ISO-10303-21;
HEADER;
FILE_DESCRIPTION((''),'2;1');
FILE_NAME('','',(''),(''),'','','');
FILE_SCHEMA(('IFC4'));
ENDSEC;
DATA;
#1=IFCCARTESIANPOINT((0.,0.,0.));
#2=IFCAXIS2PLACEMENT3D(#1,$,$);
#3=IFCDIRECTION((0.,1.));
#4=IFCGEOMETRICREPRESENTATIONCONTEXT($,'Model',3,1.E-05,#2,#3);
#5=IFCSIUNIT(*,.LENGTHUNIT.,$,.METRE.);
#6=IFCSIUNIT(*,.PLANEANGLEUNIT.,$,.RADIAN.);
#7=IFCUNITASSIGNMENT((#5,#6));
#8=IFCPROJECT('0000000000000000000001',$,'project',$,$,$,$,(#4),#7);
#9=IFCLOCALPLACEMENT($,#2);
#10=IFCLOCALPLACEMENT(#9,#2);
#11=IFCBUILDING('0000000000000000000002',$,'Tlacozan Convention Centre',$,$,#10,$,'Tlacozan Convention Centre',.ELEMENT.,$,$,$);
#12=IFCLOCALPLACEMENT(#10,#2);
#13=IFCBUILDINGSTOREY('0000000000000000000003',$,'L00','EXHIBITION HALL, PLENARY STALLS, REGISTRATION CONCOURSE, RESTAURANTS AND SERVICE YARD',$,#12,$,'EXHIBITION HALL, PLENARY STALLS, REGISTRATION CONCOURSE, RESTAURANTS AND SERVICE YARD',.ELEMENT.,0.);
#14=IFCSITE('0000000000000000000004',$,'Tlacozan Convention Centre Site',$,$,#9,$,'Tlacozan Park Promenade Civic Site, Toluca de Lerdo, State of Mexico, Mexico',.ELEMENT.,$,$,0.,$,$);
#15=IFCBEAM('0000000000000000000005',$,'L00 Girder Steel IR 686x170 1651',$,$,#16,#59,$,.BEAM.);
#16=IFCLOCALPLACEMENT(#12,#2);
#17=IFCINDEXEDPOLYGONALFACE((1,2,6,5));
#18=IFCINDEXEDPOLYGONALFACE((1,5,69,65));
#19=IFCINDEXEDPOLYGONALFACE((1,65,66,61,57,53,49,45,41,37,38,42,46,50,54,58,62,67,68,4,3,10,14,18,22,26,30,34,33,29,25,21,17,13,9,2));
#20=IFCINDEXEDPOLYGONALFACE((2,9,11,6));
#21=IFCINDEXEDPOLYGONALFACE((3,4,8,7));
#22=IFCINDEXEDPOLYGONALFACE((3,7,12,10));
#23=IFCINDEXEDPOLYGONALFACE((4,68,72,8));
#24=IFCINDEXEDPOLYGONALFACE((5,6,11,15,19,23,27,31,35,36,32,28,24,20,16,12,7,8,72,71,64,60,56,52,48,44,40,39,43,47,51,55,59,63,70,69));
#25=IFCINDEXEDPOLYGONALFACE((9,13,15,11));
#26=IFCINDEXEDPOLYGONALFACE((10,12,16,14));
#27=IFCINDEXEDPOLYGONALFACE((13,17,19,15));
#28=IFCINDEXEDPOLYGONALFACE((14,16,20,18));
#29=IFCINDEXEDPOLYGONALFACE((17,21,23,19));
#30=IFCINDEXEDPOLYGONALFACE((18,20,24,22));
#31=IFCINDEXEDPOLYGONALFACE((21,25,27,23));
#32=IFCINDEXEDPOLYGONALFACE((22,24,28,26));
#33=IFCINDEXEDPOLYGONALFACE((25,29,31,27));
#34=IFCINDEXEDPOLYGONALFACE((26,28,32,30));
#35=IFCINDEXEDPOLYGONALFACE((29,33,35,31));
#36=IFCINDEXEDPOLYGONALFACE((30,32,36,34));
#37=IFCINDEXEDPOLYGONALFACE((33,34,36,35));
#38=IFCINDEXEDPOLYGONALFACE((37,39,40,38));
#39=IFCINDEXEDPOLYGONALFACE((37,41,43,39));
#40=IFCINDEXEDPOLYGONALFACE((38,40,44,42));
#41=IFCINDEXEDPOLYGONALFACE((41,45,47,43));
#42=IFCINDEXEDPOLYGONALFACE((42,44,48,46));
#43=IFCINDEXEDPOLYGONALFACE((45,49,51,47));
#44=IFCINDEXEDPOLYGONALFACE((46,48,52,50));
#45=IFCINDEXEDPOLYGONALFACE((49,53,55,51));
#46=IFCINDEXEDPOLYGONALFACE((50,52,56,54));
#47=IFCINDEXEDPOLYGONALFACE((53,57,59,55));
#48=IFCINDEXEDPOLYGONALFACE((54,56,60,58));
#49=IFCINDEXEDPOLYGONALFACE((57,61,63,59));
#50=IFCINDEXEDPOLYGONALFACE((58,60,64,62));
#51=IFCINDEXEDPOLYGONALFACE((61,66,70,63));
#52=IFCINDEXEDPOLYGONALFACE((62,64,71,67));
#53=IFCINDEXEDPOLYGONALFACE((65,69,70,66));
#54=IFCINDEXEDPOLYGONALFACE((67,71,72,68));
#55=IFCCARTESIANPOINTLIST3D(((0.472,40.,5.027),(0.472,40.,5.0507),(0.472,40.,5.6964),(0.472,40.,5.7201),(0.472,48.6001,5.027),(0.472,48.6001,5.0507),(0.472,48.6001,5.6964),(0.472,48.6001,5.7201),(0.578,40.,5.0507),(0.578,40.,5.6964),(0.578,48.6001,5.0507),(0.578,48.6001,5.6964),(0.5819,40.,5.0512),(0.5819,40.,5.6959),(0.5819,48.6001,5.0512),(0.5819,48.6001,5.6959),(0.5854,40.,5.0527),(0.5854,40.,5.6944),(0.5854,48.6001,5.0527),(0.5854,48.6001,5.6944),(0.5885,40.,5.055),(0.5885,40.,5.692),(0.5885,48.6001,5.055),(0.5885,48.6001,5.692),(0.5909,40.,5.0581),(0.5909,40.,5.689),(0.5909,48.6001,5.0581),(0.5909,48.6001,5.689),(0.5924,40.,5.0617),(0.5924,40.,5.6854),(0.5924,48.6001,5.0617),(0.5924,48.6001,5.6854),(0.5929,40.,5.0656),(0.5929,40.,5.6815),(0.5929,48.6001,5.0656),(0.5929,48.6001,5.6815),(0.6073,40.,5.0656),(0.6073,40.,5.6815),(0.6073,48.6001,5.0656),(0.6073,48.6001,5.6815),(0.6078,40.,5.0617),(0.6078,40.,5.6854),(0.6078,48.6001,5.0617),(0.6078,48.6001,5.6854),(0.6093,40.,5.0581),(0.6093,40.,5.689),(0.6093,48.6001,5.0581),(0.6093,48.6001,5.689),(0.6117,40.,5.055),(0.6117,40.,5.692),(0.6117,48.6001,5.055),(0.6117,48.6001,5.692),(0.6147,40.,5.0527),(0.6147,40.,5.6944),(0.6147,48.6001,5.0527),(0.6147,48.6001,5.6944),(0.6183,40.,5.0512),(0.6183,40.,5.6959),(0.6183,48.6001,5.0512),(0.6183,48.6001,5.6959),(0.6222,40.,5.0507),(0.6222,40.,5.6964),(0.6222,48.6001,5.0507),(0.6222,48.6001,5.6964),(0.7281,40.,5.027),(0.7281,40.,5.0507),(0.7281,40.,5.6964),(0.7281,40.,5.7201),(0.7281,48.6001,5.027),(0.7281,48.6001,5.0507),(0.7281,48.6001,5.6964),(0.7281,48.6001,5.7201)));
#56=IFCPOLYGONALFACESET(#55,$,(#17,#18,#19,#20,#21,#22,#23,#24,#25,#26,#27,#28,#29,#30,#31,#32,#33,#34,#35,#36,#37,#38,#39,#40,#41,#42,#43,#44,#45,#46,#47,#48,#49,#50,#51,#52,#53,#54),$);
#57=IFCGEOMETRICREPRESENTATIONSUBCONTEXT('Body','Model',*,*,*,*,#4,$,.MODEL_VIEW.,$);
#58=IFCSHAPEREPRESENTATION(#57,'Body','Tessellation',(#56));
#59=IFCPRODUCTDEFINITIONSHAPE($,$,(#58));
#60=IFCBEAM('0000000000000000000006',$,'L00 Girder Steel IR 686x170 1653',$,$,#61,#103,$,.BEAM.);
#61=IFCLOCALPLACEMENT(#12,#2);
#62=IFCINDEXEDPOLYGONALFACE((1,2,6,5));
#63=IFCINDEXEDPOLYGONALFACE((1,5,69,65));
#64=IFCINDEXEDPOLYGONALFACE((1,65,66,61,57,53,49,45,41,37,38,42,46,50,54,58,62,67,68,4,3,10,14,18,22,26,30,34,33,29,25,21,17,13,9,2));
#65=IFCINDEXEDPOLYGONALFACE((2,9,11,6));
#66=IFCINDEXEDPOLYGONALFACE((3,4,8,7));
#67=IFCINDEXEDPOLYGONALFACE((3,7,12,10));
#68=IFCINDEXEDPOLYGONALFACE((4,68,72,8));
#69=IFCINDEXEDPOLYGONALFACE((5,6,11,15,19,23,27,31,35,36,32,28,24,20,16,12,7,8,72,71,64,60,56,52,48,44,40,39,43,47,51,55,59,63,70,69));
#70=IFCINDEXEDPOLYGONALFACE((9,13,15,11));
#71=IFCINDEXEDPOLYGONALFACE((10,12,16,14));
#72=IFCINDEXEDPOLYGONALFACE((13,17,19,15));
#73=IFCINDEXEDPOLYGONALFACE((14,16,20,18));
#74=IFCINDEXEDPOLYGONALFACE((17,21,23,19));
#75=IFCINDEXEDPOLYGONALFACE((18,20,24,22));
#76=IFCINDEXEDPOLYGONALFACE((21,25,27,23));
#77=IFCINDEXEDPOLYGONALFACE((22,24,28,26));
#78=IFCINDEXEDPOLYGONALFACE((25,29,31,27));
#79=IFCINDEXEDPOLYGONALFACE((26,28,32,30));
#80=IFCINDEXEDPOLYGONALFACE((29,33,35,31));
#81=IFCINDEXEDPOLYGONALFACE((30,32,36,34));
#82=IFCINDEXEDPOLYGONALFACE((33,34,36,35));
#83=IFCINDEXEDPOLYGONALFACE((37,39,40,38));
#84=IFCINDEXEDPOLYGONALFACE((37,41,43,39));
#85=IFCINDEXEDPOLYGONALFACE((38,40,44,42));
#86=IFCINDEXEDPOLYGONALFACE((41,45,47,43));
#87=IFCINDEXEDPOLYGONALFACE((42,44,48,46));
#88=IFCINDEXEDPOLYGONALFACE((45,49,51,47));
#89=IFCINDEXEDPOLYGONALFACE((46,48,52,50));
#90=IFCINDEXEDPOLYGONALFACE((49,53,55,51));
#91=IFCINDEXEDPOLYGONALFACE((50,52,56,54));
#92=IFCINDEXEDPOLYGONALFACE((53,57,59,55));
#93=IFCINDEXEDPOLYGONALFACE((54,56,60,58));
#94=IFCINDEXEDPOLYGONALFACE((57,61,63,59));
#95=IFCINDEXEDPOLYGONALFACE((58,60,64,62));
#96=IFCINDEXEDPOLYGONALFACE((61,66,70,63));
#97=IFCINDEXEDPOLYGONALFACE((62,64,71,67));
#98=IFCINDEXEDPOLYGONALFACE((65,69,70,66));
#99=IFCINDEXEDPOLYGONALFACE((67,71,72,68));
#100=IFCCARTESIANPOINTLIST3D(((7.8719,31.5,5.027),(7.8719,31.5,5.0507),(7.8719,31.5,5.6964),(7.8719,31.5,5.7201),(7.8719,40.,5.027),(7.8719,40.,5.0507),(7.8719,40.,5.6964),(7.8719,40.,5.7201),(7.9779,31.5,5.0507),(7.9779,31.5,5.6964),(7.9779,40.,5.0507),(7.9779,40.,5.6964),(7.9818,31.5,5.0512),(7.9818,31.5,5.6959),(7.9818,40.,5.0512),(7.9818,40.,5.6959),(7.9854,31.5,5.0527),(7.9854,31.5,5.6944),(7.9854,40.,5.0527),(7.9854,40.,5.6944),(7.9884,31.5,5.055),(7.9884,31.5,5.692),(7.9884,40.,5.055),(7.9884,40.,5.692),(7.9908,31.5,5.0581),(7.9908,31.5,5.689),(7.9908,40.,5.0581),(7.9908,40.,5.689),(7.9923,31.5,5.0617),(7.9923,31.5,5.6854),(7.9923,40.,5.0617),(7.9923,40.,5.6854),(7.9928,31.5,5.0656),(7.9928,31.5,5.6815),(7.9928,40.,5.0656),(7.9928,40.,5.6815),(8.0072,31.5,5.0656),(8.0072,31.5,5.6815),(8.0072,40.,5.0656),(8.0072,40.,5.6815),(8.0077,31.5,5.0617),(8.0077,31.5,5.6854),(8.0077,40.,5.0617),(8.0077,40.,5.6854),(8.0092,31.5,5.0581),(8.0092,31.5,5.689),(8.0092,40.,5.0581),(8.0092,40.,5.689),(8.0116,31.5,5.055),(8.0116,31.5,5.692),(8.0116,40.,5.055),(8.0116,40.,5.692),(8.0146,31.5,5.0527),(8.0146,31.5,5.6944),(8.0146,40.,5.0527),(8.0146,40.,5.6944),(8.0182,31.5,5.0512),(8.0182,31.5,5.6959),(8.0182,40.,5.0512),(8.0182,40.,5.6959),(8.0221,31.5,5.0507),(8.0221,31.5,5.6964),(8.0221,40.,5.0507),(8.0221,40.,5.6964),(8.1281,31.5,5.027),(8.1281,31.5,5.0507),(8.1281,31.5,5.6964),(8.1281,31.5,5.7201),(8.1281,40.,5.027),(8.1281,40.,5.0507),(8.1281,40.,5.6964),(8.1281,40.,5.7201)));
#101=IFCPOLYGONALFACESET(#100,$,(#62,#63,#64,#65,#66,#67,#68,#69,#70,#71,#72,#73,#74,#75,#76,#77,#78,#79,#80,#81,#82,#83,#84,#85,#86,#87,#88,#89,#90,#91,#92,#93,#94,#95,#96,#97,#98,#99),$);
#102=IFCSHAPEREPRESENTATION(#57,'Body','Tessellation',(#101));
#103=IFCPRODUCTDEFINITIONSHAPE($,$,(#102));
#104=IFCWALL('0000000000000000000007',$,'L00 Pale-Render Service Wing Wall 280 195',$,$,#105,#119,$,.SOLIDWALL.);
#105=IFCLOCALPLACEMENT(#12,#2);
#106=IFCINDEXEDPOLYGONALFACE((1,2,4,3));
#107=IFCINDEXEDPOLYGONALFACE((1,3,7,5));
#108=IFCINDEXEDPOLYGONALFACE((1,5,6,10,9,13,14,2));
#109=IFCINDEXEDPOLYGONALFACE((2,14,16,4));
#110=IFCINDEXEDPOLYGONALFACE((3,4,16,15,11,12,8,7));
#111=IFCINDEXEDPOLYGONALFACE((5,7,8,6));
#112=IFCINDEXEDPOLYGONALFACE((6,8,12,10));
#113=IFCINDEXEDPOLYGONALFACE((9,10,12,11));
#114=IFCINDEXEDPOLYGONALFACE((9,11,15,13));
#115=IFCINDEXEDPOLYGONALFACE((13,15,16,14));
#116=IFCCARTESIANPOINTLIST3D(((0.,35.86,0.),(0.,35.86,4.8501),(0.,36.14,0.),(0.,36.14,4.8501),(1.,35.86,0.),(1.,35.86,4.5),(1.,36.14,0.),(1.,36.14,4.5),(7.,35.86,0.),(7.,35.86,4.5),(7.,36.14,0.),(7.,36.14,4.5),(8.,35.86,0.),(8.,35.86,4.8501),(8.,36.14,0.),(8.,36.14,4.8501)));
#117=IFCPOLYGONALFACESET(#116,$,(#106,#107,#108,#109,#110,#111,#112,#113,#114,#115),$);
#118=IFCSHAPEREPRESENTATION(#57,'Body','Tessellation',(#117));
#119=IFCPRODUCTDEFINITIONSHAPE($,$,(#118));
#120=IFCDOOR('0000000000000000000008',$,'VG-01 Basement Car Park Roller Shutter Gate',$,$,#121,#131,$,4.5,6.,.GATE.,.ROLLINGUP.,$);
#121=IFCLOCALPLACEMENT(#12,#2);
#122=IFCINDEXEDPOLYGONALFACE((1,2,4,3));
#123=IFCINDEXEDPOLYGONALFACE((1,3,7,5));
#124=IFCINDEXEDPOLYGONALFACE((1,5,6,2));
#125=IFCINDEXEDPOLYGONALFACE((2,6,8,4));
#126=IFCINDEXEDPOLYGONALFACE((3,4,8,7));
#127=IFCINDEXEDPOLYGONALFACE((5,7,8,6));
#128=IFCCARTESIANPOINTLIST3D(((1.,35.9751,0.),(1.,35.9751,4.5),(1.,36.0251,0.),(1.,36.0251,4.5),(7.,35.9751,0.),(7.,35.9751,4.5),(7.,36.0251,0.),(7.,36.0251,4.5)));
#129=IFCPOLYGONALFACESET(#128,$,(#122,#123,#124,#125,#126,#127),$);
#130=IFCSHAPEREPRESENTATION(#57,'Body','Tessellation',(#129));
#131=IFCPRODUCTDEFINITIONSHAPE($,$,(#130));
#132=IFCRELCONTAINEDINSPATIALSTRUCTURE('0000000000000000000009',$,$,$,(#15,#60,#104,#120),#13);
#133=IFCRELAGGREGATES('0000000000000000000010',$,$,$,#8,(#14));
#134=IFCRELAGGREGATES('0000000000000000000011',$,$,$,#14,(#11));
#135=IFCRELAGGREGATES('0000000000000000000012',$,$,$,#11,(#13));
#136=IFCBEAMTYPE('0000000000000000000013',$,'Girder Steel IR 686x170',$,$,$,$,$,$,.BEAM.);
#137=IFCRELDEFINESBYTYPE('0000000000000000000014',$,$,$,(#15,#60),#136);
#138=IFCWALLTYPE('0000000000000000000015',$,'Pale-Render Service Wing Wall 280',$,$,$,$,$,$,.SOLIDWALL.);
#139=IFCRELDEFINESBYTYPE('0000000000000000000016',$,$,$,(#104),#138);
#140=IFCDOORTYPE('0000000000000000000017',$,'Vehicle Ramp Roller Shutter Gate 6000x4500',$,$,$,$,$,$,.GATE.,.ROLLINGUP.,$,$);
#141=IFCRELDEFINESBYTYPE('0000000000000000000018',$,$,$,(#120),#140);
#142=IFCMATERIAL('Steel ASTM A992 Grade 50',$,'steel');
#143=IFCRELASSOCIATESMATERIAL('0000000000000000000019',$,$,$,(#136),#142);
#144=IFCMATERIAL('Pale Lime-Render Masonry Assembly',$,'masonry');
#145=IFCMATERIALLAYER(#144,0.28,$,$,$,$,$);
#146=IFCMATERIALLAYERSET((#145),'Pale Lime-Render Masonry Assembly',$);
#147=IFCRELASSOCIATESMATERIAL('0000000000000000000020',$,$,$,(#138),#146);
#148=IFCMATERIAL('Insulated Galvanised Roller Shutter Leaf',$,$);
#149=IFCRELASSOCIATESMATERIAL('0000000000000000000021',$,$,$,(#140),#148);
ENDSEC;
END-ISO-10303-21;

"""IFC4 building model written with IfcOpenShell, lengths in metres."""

from ifc_helpers import new_model, si_unit, direction, frame, frame_2d, origin, origin_2d, place, context, subcontext, project, spatial, rectangle, i_section, extrude, material, layer, layer_set, material_profile, profile_set, type_object, element, fill, save


model = new_model("IFC4")

# Units and contexts
model_context = context("Model", 3, precision=1e-05, world=origin(), true_north=direction((0.0, 1.0)))
body_context = subcontext(model_context, "Body", "Model", "MODEL_VIEW")
ifc_project = project(units=[si_unit("LENGTHUNIT", "METRE"), si_unit("PLANEANGLEUNIT", "RADIAN")], contexts=[model_context])

# Site, building, storey
site_placement = place(None, origin())
site = spatial("IfcSite", under=ifc_project, at=site_placement, Name="Tlacozan Convention Centre Site", LongName="Tlacozan Park Promenade Civic Site, Toluca de Lerdo, State of Mexico, Mexico", CompositionType="ELEMENT", RefElevation=0.0)
building_placement = place(site_placement, origin())
building = spatial("IfcBuilding", under=site, at=building_placement, Name="Tlacozan Convention Centre", LongName="Tlacozan Convention Centre", CompositionType="ELEMENT")
storey_placement = place(building_placement, origin())
storey = spatial("IfcBuildingStorey", under=building, at=storey_placement, Name="L00", Description="EXHIBITION HALL, PLENARY STALLS, REGISTRATION CONCOURSE, RESTAURANTS AND SERVICE YARD", LongName="EXHIBITION HALL, PLENARY STALLS, REGISTRATION CONCOURSE, RESTAURANTS AND SERVICE YARD", CompositionType="ELEMENT", Elevation=0.0)

# Shared definitions
ifc_material_1 = material(Name="Steel ASTM A992 Grade 50", Category="steel")

# Beams
ifc_material_profile_1 = material_profile(ifc_material_1, i_section(OverallWidth=0.2561, OverallDepth=0.6931, WebThickness=0.0144, FlangeThickness=0.0237, FilletRadius=0.0149, at=origin_2d()), Name="IR 686x170.0")
ifc_profile_set_1 = profile_set([ifc_material_profile_1], Name="Steel ASTM A992 Grade 50")
beam_type_1 = type_object("IfcBeamType", Name="Girder Steel IR 686x170", PredefinedType="BEAM", material=ifc_profile_set_1)
beam_1_placement = place(storey_placement, frame((0.6001, 40.0, 5.3735), z_axis=(0.0, 1.0, 0.0), x_axis=(-1.0, 0.0, 0.0)))
element("IfcBeam", 1, at=beam_1_placement, inside=storey, type_object=beam_type_1, Name="L00 Girder Steel IR 686x170 1651", PredefinedType="BEAM", context=body_context, shape_type="SweptSolid", body=[
    extrude(i_section(OverallWidth=0.2561, OverallDepth=0.6931, WebThickness=0.0144, FlangeThickness=0.0237, FilletRadius=0.0149, at=origin_2d()), origin(), (0.0, 0.0, 1.0), 8.6001),
])
beam_2_placement = place(storey_placement, frame((8.0, 31.5, 5.3735), z_axis=(0.0, 1.0, 0.0), x_axis=(-1.0, 0.0, 0.0)))
element("IfcBeam", 2, at=beam_2_placement, inside=storey, type_object=beam_type_1, Name="L00 Girder Steel IR 686x170 1653", PredefinedType="BEAM", context=body_context, shape_type="SweptSolid", body=[
    extrude(i_section(OverallWidth=0.2561, OverallDepth=0.6931, WebThickness=0.0144, FlangeThickness=0.0237, FilletRadius=0.0149, at=origin_2d()), origin(), (0.0, 0.0, 1.0), 8.5),
])

# Wall, opening, door
ifc_material_2 = material(Name="Pale Lime-Render Masonry Assembly", Category="masonry")
ifc_layer_1 = layer(ifc_material_2, 0.28)
ifc_layer_set_1 = layer_set([ifc_layer_1], Name="Pale Lime-Render Masonry Assembly")
wall_type_1 = type_object("IfcWallType", Name="Pale-Render Service Wing Wall 280", PredefinedType="SOLIDWALL", material=ifc_layer_set_1)
wall_1_placement = place(storey_placement, frame((0.0, 36.0, 0.0), z_axis=(0.0, 0.0, 1.0), x_axis=(1.0, 0.0, 0.0)))
wall_1 = element("IfcWall", 3, at=wall_1_placement, inside=storey, type_object=wall_type_1, Name="L00 Pale-Render Service Wing Wall 280 195", PredefinedType="SOLIDWALL", context=body_context, shape_type="SweptSolid", body=[
    extrude(rectangle(XDim=8.0, YDim=0.28, at=frame_2d((4.0, 0.0))), origin(), (0.0, 0.0, 1.0), 4.8501),
])
opening_1_placement = place(wall_1_placement, frame((1.0, 0.0, 0.0)))
opening_1 = element("IfcOpeningElement", 4, at=opening_1_placement, cuts=wall_1, PredefinedType="OPENING", context=body_context, shape_type="SweptSolid", body=[
    extrude(rectangle(XDim=6.0, YDim=4.5, at=frame_2d((3.0, 2.25))), frame((0.0, 0.1499, 0.0), z_axis=(0.0, -1.0, 0.0), x_axis=(1.0, 0.0, 0.0)), (0.0, 0.0, 1.0), 0.3),
])
ifc_material_3 = material(Name="Insulated Galvanised Roller Shutter Leaf")
door_type_1 = type_object("IfcDoorType", Name="Vehicle Ramp Roller Shutter Gate 6000x4500", OperationType="ROLLINGUP", PredefinedType="GATE", material=ifc_material_3)
door_1_placement = place(opening_1_placement, frame((6.0, 0.0, 0.0), z_axis=(0.0, 0.0, 1.0), x_axis=(-1.0, 0.0, 0.0)))
door_1 = element("IfcDoor", 5, at=door_1_placement, inside=storey, type_object=door_type_1, Name="VG-01 Basement Car Park Roller Shutter Gate", OperationType="ROLLINGUP", OverallHeight=4.5, OverallWidth=6.0, PredefinedType="GATE", context=body_context, shape_type="SweptSolid", body=[
    extrude(rectangle(XDim=6.0, YDim=4.5, at=frame_2d((3.0, 2.25))), frame((0.0, 0.0249, 0.0), z_axis=(0.0, -1.0, 0.0), x_axis=(1.0, 0.0, 0.0)), (0.0, 0.0, 1.0), 0.05),
])
fill(opening_1, door_1)

save(model, "model.ifc")
